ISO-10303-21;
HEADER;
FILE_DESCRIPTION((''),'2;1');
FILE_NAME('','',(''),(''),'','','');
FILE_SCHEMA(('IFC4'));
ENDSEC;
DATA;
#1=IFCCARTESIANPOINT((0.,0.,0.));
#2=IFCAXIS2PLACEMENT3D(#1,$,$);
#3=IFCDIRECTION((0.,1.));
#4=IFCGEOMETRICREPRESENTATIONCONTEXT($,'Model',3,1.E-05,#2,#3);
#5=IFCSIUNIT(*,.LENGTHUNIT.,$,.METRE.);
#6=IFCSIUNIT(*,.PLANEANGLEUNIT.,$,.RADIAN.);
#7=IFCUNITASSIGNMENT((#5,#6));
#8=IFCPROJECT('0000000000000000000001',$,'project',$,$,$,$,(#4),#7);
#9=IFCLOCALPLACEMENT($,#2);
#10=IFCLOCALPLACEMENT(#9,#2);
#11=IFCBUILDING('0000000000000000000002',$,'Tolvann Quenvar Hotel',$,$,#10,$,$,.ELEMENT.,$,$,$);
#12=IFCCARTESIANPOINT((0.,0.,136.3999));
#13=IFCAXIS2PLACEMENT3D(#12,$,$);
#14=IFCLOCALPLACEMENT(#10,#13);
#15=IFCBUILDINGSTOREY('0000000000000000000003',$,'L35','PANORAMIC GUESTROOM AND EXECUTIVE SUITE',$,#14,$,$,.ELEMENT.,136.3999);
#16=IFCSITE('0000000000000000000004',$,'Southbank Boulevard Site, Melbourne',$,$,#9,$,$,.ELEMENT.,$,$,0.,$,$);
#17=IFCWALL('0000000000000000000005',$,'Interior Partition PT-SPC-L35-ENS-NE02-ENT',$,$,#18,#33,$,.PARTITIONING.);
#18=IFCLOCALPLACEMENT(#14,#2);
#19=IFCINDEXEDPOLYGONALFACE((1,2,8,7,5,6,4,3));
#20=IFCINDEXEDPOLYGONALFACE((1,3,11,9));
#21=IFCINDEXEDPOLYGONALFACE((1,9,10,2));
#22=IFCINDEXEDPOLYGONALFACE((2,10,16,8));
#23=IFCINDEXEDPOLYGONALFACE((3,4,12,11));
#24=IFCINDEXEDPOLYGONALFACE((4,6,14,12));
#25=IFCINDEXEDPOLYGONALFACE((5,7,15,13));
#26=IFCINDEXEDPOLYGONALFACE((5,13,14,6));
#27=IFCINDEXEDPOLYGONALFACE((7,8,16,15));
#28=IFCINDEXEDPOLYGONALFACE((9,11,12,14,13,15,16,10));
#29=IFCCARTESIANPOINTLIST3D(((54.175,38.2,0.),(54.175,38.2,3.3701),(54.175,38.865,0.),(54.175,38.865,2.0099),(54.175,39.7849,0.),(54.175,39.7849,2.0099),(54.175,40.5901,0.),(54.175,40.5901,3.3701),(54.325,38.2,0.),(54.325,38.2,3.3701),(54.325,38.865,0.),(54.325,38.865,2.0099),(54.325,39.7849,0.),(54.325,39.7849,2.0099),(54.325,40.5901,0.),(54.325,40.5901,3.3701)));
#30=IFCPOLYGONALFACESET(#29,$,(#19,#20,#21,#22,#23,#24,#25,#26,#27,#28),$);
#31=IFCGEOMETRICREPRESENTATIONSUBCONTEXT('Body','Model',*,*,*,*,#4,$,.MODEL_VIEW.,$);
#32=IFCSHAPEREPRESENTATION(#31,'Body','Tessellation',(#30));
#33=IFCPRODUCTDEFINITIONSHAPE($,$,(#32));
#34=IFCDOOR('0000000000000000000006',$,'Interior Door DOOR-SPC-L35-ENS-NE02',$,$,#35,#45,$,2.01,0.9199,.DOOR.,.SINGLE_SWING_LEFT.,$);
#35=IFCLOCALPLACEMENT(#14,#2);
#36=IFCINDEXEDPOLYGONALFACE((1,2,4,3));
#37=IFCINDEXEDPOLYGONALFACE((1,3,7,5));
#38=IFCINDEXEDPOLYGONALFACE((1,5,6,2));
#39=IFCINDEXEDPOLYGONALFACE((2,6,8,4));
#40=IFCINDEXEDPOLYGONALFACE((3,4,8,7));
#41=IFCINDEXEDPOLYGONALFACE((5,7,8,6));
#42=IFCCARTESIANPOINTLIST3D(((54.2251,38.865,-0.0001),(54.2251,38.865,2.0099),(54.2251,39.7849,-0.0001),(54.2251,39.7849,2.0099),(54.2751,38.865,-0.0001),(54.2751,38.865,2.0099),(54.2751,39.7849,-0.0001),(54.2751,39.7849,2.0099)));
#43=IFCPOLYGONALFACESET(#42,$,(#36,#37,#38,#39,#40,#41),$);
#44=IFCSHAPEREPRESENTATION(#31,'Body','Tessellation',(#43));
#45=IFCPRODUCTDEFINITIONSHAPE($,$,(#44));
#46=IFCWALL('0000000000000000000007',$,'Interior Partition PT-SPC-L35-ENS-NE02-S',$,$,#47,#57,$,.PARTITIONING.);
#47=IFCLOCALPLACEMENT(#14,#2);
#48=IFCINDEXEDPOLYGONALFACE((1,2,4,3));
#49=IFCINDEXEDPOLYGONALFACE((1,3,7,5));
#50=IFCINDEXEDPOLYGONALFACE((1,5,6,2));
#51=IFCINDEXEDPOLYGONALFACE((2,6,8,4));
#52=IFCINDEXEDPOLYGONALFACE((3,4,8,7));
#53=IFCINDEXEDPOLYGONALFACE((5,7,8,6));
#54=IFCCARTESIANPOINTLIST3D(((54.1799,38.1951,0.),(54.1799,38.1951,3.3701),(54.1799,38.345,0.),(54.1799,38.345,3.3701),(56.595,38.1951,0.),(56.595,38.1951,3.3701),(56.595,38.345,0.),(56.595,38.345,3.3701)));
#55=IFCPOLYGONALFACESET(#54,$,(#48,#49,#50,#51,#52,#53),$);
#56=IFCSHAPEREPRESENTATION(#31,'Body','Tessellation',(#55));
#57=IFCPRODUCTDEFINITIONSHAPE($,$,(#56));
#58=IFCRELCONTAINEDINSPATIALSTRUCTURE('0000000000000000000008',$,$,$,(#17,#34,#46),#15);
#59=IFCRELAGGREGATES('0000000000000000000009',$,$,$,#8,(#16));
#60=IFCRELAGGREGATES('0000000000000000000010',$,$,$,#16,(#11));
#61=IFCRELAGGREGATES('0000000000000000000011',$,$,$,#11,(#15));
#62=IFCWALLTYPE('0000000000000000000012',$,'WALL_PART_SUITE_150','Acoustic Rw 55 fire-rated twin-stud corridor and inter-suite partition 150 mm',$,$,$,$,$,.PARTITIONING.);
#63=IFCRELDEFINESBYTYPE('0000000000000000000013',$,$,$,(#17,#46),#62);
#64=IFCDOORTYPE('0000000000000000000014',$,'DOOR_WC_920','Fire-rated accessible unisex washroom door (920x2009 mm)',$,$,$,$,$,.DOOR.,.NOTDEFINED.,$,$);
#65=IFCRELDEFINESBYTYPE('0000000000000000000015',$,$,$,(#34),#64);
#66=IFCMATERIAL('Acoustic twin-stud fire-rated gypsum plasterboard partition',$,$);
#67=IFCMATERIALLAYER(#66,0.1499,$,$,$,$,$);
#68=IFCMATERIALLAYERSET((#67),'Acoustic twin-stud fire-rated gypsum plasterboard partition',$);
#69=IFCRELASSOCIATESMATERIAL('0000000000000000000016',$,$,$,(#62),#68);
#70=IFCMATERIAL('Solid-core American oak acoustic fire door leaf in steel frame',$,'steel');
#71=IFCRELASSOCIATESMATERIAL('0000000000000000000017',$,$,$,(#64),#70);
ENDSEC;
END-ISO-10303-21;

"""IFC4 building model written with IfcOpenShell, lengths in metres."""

from ifc_helpers import new_model, si_unit, direction, frame, frame_2d, origin, place, context, subcontext, project, spatial, rectangle, extrude, source, transform, mapped, material, layer, layer_set, type_object, type_shapes, element, fill, save


model = new_model("IFC4")

# Units and contexts
model_context = context("Model", 3, precision=1e-05, world=origin(), true_north=direction((0.0, 1.0)))
body_context = subcontext(model_context, "Body", "Model", "MODEL_VIEW")
ifc_project = project(units=[si_unit("LENGTHUNIT", "METRE"), si_unit("PLANEANGLEUNIT", "RADIAN")], contexts=[model_context])

# Site, building, storey
site_placement = place(None, origin())
site = spatial("IfcSite", under=ifc_project, at=site_placement, Name="Southbank Boulevard Site, Melbourne", CompositionType="ELEMENT", RefElevation=0.0)
building_placement = place(site_placement, origin())
building = spatial("IfcBuilding", under=site, at=building_placement, Name="Tolvann Quenvar Hotel", CompositionType="ELEMENT")
storey_placement = place(building_placement, frame((0.0, 0.0, 136.3999)))
storey = spatial("IfcBuildingStorey", under=building, at=storey_placement, Name="L35", Description="PANORAMIC GUESTROOM AND EXECUTIVE SUITE", CompositionType="ELEMENT", Elevation=136.3999)

# Shared definitions
ifc_material_1 = material(Name="Acoustic twin-stud fire-rated gypsum plasterboard partition")
ifc_layer_1 = layer(ifc_material_1, 0.1499)
ifc_layer_set_1 = layer_set([ifc_layer_1], Name="Acoustic twin-stud fire-rated gypsum plasterboard partition")
wall_type_1 = type_object("IfcWallType", Name="WALL_PART_SUITE_150", Description="Acoustic Rw 55 fire-rated twin-stud corridor and inter-suite partition 150 mm", PredefinedType="PARTITIONING", material=ifc_layer_set_1)

# Wall, opening, door
wall_1_placement = place(storey_placement, frame((54.25, 38.2, 0.0), z_axis=(0.0, 0.0, 1.0), x_axis=(0.0, 1.0, 0.0)))
wall_1 = element("IfcWall", 1, at=wall_1_placement, inside=storey, type_object=wall_type_1, Name="Interior Partition PT-SPC-L35-ENS-NE02-ENT", PredefinedType="PARTITIONING", context=body_context, shape_type="SweptSolid", body=[
    extrude(rectangle(XDim=2.3901, YDim=0.1499, at=frame_2d((1.1951, 0.0))), origin(), (0.0, 0.0, 1.0), 3.3701),
])
opening_1_placement = place(wall_1_placement, frame((0.665, 0.0, 0.0)))
opening_1 = element("IfcOpeningElement", 2, at=opening_1_placement, cuts=wall_1, PredefinedType="OPENING", context=body_context, shape_type="SweptSolid", body=[
    extrude(rectangle(XDim=0.9199, YDim=2.01, at=frame_2d((0.46, 1.0049))), frame((0.0, 0.085, 0.0), z_axis=(0.0, -1.0, 0.0), x_axis=(1.0, 0.0, 0.0)), (0.0, 0.0, 1.0), 0.1699),
])
ifc_material_2 = material(Name="Solid-core American oak acoustic fire door leaf in steel frame", Category="steel")
door_type = type_object("IfcDoorType", Name="DOOR_WC_920", Description="Fire-rated accessible unisex washroom door (920x2009 mm)", OperationType="NOTDEFINED", PredefinedType="DOOR", material=ifc_material_2)
shared_shape_1 = source(origin(), body_context, "Body", "SweptSolid", [
    extrude(rectangle(XDim=0.9199, YDim=2.01, at=frame_2d((0.46, 1.0049))), frame((0.0, 0.0249, 0.0), z_axis=(0.0, -1.0, 0.0), x_axis=(1.0, 0.0, 0.0)), (0.0, 0.0, 1.0), 0.05),
])
type_shapes(door_type, [shared_shape_1])
door_placement = place(opening_1_placement, origin())
door = element("IfcDoor", 3, at=door_placement, inside=storey, type_object=door_type, Name="Interior Door DOOR-SPC-L35-ENS-NE02", OperationType="SINGLE_SWING_LEFT", OverallHeight=2.01, OverallWidth=0.9199, PredefinedType="DOOR", context=body_context, shape_type="MappedRepresentation", body=[
    mapped(shared_shape_1, transform((0.0, 0.0, 0.0), x_axis=(1.0, 0.0, 0.0), y_axis=(0.0, 1.0, 0.0), z_axis=(0.0, 0.0, 1.0), scale=1.0)),
])
fill(opening_1, door)

# Wall
wall_2_placement = place(storey_placement, frame((54.1799, 38.27, 0.0), z_axis=(0.0, 0.0, 1.0), x_axis=(1.0, 0.0, 0.0)))
element("IfcWall", 4, at=wall_2_placement, inside=storey, type_object=wall_type_1, Name="Interior Partition PT-SPC-L35-ENS-NE02-S", PredefinedType="PARTITIONING", context=body_context, shape_type="SweptSolid", body=[
    extrude(rectangle(XDim=2.415, YDim=0.1499, at=frame_2d((1.2075, 0.0))), origin(), (0.0, 0.0, 1.0), 3.3701),
])

save(model, "model.ifc")
